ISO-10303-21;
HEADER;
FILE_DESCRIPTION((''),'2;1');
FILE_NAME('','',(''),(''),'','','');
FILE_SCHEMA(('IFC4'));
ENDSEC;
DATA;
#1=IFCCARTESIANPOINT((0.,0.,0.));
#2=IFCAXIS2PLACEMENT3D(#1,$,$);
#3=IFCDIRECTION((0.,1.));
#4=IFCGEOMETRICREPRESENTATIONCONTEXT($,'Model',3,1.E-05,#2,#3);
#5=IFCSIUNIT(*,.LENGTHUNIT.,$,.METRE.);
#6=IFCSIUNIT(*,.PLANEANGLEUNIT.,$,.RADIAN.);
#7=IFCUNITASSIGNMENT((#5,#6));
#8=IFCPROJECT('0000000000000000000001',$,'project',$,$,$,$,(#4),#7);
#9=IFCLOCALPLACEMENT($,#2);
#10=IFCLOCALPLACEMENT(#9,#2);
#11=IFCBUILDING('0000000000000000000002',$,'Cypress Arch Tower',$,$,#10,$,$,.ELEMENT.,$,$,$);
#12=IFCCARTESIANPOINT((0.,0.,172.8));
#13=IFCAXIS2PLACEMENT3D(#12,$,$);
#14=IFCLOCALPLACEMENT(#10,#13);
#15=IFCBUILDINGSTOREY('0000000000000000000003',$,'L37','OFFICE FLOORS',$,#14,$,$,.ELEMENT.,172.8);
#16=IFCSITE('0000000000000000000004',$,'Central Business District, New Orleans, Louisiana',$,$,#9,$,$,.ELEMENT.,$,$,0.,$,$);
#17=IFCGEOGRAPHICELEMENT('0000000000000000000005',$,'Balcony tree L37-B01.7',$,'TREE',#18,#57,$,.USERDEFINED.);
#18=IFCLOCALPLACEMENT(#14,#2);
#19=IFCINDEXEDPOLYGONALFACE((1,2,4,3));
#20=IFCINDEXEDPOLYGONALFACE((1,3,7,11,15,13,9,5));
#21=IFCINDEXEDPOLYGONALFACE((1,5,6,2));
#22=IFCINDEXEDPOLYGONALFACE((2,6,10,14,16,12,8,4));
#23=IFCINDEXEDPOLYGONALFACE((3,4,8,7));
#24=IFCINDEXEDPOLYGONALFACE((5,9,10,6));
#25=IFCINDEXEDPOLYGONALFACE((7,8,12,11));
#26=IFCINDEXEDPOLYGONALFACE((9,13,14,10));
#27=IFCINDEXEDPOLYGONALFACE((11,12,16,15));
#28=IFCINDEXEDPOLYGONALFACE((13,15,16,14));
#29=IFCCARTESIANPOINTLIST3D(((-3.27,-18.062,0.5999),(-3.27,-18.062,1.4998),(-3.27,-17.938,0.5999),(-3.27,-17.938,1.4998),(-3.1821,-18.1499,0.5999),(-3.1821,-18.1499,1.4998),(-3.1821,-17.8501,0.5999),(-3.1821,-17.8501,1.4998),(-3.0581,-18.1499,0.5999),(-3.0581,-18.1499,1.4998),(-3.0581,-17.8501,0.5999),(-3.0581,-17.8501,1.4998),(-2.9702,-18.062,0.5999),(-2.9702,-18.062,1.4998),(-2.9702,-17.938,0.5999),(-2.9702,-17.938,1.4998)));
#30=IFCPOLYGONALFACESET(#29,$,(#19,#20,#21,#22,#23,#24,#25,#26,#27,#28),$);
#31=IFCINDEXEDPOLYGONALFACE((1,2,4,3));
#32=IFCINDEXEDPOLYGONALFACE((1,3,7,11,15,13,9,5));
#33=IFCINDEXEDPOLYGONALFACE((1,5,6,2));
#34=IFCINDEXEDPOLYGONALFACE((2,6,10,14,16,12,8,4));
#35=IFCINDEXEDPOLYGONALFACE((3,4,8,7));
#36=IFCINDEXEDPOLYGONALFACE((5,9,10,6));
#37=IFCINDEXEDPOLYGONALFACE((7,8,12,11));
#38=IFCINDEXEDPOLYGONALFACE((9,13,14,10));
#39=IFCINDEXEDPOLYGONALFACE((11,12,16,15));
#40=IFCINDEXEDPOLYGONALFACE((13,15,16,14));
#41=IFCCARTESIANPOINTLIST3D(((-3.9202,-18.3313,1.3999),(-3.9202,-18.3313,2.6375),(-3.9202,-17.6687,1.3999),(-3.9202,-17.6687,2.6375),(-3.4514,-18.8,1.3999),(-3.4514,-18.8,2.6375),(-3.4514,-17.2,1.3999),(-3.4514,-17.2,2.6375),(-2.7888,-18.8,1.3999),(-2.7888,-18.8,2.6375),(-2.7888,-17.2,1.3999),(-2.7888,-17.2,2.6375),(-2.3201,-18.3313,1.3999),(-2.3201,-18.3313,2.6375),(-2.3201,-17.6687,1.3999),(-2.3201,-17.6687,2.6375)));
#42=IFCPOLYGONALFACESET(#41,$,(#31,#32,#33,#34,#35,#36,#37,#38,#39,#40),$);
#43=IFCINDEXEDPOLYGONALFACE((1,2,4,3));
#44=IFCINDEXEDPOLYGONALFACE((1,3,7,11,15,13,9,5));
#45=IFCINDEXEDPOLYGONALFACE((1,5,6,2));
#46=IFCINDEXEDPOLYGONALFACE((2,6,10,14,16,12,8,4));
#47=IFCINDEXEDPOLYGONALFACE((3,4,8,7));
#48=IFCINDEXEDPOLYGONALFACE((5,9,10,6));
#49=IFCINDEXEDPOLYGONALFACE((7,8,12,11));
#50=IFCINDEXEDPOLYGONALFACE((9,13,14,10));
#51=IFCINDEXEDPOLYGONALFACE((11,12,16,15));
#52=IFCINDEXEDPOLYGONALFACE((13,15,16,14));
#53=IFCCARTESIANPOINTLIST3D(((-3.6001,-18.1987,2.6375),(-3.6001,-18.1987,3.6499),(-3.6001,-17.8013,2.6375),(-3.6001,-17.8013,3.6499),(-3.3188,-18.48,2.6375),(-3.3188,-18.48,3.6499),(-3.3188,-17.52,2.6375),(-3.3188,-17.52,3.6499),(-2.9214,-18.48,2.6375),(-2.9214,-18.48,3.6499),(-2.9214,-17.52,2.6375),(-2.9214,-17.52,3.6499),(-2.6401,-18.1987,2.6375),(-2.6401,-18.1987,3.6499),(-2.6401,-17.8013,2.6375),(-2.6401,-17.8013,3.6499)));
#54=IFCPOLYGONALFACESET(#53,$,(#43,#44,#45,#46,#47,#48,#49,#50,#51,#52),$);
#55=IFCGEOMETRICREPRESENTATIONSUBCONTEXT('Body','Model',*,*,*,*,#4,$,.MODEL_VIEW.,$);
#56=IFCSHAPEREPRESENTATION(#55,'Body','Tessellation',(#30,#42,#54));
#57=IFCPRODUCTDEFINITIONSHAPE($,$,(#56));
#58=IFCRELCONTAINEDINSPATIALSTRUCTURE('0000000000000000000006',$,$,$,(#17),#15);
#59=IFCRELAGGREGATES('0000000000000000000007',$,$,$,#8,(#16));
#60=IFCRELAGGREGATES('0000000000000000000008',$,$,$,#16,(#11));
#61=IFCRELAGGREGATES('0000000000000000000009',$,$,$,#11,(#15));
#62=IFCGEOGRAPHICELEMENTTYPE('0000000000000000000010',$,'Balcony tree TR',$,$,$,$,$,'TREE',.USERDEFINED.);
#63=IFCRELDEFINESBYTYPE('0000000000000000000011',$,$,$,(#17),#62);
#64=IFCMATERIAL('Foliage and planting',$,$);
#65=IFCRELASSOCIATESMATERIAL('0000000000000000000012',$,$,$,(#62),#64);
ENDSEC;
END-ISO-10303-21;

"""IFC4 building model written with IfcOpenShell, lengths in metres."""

from ifc_helpers import new_model, si_unit, direction, frame, origin, place, context, subcontext, project, spatial, polyline, outline, extrude, material, type_object, element, save


model = new_model("IFC4")

# Units and contexts
model_context = context("Model", 3, precision=1e-05, world=origin(), true_north=direction((0.0, 1.0)))
body_context = subcontext(model_context, "Body", "Model", "MODEL_VIEW")
ifc_project = project(units=[si_unit("LENGTHUNIT", "METRE"), si_unit("PLANEANGLEUNIT", "RADIAN")], contexts=[model_context])

# Site, building, storey
site_placement = place(None, origin())
site = spatial("IfcSite", under=ifc_project, at=site_placement, Name="Central Business District, New Orleans, Louisiana", CompositionType="ELEMENT", RefElevation=0.0)
building_placement = place(site_placement, origin())
building = spatial("IfcBuilding", under=site, at=building_placement, Name="Cypress Arch Tower", CompositionType="ELEMENT")
storey_placement = place(building_placement, frame((0.0, 0.0, 172.8)))
storey = spatial("IfcBuildingStorey", under=building, at=storey_placement, Name="L37", Description="OFFICE FLOORS", CompositionType="ELEMENT", Elevation=172.8)

# Geographic element
ifc_material_1 = material(Name="Foliage and planting")
geographic_element_type = type_object("IfcGeographicElementType", Name="Balcony tree TR", ElementType="TREE", PredefinedType="USERDEFINED", material=ifc_material_1)
for number, where, z_axis, x_axis, name in (
    (1, (-3.1201, -18.0, 0.5999), (0.0, 0.0, 1.0), (1.0, 0.0, 0.0), "Balcony tree L37-B01.7"),
):
    element("IfcGeographicElement", number, at=place(storey_placement, frame(where, z_axis=z_axis, x_axis=x_axis)), inside=storey, type_object=geographic_element_type, Name=name, ObjectType="TREE", PredefinedType="USERDEFINED", context=body_context, shape_type="SweptSolid", body=[
        extrude(outline(polyline([(0.1499, 0.062), (0.062, 0.1499), (-0.062, 0.1499), (-0.1499, 0.062), (-0.1499, -0.062), (-0.062, -0.1499), (0.062, -0.1499), (0.1499, -0.062), (0.1499, 0.062)])), origin(), (0.0, 0.0, 1.0), 0.8999),
        extrude(outline(polyline([(0.8, 0.3313), (0.3313, 0.8), (-0.3313, 0.8), (-0.8, 0.3313), (-0.8, -0.3313), (-0.3313, -0.8), (0.3313, -0.8), (0.8, -0.3313), (0.8, 0.3313)])), frame((0.0, 0.0, 0.8)), (0.0, 0.0, 1.0), 1.2375),
        extrude(outline(polyline([(0.48, 0.1987), (0.1987, 0.48), (-0.1987, 0.48), (-0.48, 0.1987), (-0.48, -0.1987), (-0.1987, -0.48), (0.1987, -0.48), (0.48, -0.1987), (0.48, 0.1987)])), frame((0.0, 0.0, 2.0376)), (0.0, 0.0, 1.0), 1.0125),
    ])

save(model, "model.ifc")
